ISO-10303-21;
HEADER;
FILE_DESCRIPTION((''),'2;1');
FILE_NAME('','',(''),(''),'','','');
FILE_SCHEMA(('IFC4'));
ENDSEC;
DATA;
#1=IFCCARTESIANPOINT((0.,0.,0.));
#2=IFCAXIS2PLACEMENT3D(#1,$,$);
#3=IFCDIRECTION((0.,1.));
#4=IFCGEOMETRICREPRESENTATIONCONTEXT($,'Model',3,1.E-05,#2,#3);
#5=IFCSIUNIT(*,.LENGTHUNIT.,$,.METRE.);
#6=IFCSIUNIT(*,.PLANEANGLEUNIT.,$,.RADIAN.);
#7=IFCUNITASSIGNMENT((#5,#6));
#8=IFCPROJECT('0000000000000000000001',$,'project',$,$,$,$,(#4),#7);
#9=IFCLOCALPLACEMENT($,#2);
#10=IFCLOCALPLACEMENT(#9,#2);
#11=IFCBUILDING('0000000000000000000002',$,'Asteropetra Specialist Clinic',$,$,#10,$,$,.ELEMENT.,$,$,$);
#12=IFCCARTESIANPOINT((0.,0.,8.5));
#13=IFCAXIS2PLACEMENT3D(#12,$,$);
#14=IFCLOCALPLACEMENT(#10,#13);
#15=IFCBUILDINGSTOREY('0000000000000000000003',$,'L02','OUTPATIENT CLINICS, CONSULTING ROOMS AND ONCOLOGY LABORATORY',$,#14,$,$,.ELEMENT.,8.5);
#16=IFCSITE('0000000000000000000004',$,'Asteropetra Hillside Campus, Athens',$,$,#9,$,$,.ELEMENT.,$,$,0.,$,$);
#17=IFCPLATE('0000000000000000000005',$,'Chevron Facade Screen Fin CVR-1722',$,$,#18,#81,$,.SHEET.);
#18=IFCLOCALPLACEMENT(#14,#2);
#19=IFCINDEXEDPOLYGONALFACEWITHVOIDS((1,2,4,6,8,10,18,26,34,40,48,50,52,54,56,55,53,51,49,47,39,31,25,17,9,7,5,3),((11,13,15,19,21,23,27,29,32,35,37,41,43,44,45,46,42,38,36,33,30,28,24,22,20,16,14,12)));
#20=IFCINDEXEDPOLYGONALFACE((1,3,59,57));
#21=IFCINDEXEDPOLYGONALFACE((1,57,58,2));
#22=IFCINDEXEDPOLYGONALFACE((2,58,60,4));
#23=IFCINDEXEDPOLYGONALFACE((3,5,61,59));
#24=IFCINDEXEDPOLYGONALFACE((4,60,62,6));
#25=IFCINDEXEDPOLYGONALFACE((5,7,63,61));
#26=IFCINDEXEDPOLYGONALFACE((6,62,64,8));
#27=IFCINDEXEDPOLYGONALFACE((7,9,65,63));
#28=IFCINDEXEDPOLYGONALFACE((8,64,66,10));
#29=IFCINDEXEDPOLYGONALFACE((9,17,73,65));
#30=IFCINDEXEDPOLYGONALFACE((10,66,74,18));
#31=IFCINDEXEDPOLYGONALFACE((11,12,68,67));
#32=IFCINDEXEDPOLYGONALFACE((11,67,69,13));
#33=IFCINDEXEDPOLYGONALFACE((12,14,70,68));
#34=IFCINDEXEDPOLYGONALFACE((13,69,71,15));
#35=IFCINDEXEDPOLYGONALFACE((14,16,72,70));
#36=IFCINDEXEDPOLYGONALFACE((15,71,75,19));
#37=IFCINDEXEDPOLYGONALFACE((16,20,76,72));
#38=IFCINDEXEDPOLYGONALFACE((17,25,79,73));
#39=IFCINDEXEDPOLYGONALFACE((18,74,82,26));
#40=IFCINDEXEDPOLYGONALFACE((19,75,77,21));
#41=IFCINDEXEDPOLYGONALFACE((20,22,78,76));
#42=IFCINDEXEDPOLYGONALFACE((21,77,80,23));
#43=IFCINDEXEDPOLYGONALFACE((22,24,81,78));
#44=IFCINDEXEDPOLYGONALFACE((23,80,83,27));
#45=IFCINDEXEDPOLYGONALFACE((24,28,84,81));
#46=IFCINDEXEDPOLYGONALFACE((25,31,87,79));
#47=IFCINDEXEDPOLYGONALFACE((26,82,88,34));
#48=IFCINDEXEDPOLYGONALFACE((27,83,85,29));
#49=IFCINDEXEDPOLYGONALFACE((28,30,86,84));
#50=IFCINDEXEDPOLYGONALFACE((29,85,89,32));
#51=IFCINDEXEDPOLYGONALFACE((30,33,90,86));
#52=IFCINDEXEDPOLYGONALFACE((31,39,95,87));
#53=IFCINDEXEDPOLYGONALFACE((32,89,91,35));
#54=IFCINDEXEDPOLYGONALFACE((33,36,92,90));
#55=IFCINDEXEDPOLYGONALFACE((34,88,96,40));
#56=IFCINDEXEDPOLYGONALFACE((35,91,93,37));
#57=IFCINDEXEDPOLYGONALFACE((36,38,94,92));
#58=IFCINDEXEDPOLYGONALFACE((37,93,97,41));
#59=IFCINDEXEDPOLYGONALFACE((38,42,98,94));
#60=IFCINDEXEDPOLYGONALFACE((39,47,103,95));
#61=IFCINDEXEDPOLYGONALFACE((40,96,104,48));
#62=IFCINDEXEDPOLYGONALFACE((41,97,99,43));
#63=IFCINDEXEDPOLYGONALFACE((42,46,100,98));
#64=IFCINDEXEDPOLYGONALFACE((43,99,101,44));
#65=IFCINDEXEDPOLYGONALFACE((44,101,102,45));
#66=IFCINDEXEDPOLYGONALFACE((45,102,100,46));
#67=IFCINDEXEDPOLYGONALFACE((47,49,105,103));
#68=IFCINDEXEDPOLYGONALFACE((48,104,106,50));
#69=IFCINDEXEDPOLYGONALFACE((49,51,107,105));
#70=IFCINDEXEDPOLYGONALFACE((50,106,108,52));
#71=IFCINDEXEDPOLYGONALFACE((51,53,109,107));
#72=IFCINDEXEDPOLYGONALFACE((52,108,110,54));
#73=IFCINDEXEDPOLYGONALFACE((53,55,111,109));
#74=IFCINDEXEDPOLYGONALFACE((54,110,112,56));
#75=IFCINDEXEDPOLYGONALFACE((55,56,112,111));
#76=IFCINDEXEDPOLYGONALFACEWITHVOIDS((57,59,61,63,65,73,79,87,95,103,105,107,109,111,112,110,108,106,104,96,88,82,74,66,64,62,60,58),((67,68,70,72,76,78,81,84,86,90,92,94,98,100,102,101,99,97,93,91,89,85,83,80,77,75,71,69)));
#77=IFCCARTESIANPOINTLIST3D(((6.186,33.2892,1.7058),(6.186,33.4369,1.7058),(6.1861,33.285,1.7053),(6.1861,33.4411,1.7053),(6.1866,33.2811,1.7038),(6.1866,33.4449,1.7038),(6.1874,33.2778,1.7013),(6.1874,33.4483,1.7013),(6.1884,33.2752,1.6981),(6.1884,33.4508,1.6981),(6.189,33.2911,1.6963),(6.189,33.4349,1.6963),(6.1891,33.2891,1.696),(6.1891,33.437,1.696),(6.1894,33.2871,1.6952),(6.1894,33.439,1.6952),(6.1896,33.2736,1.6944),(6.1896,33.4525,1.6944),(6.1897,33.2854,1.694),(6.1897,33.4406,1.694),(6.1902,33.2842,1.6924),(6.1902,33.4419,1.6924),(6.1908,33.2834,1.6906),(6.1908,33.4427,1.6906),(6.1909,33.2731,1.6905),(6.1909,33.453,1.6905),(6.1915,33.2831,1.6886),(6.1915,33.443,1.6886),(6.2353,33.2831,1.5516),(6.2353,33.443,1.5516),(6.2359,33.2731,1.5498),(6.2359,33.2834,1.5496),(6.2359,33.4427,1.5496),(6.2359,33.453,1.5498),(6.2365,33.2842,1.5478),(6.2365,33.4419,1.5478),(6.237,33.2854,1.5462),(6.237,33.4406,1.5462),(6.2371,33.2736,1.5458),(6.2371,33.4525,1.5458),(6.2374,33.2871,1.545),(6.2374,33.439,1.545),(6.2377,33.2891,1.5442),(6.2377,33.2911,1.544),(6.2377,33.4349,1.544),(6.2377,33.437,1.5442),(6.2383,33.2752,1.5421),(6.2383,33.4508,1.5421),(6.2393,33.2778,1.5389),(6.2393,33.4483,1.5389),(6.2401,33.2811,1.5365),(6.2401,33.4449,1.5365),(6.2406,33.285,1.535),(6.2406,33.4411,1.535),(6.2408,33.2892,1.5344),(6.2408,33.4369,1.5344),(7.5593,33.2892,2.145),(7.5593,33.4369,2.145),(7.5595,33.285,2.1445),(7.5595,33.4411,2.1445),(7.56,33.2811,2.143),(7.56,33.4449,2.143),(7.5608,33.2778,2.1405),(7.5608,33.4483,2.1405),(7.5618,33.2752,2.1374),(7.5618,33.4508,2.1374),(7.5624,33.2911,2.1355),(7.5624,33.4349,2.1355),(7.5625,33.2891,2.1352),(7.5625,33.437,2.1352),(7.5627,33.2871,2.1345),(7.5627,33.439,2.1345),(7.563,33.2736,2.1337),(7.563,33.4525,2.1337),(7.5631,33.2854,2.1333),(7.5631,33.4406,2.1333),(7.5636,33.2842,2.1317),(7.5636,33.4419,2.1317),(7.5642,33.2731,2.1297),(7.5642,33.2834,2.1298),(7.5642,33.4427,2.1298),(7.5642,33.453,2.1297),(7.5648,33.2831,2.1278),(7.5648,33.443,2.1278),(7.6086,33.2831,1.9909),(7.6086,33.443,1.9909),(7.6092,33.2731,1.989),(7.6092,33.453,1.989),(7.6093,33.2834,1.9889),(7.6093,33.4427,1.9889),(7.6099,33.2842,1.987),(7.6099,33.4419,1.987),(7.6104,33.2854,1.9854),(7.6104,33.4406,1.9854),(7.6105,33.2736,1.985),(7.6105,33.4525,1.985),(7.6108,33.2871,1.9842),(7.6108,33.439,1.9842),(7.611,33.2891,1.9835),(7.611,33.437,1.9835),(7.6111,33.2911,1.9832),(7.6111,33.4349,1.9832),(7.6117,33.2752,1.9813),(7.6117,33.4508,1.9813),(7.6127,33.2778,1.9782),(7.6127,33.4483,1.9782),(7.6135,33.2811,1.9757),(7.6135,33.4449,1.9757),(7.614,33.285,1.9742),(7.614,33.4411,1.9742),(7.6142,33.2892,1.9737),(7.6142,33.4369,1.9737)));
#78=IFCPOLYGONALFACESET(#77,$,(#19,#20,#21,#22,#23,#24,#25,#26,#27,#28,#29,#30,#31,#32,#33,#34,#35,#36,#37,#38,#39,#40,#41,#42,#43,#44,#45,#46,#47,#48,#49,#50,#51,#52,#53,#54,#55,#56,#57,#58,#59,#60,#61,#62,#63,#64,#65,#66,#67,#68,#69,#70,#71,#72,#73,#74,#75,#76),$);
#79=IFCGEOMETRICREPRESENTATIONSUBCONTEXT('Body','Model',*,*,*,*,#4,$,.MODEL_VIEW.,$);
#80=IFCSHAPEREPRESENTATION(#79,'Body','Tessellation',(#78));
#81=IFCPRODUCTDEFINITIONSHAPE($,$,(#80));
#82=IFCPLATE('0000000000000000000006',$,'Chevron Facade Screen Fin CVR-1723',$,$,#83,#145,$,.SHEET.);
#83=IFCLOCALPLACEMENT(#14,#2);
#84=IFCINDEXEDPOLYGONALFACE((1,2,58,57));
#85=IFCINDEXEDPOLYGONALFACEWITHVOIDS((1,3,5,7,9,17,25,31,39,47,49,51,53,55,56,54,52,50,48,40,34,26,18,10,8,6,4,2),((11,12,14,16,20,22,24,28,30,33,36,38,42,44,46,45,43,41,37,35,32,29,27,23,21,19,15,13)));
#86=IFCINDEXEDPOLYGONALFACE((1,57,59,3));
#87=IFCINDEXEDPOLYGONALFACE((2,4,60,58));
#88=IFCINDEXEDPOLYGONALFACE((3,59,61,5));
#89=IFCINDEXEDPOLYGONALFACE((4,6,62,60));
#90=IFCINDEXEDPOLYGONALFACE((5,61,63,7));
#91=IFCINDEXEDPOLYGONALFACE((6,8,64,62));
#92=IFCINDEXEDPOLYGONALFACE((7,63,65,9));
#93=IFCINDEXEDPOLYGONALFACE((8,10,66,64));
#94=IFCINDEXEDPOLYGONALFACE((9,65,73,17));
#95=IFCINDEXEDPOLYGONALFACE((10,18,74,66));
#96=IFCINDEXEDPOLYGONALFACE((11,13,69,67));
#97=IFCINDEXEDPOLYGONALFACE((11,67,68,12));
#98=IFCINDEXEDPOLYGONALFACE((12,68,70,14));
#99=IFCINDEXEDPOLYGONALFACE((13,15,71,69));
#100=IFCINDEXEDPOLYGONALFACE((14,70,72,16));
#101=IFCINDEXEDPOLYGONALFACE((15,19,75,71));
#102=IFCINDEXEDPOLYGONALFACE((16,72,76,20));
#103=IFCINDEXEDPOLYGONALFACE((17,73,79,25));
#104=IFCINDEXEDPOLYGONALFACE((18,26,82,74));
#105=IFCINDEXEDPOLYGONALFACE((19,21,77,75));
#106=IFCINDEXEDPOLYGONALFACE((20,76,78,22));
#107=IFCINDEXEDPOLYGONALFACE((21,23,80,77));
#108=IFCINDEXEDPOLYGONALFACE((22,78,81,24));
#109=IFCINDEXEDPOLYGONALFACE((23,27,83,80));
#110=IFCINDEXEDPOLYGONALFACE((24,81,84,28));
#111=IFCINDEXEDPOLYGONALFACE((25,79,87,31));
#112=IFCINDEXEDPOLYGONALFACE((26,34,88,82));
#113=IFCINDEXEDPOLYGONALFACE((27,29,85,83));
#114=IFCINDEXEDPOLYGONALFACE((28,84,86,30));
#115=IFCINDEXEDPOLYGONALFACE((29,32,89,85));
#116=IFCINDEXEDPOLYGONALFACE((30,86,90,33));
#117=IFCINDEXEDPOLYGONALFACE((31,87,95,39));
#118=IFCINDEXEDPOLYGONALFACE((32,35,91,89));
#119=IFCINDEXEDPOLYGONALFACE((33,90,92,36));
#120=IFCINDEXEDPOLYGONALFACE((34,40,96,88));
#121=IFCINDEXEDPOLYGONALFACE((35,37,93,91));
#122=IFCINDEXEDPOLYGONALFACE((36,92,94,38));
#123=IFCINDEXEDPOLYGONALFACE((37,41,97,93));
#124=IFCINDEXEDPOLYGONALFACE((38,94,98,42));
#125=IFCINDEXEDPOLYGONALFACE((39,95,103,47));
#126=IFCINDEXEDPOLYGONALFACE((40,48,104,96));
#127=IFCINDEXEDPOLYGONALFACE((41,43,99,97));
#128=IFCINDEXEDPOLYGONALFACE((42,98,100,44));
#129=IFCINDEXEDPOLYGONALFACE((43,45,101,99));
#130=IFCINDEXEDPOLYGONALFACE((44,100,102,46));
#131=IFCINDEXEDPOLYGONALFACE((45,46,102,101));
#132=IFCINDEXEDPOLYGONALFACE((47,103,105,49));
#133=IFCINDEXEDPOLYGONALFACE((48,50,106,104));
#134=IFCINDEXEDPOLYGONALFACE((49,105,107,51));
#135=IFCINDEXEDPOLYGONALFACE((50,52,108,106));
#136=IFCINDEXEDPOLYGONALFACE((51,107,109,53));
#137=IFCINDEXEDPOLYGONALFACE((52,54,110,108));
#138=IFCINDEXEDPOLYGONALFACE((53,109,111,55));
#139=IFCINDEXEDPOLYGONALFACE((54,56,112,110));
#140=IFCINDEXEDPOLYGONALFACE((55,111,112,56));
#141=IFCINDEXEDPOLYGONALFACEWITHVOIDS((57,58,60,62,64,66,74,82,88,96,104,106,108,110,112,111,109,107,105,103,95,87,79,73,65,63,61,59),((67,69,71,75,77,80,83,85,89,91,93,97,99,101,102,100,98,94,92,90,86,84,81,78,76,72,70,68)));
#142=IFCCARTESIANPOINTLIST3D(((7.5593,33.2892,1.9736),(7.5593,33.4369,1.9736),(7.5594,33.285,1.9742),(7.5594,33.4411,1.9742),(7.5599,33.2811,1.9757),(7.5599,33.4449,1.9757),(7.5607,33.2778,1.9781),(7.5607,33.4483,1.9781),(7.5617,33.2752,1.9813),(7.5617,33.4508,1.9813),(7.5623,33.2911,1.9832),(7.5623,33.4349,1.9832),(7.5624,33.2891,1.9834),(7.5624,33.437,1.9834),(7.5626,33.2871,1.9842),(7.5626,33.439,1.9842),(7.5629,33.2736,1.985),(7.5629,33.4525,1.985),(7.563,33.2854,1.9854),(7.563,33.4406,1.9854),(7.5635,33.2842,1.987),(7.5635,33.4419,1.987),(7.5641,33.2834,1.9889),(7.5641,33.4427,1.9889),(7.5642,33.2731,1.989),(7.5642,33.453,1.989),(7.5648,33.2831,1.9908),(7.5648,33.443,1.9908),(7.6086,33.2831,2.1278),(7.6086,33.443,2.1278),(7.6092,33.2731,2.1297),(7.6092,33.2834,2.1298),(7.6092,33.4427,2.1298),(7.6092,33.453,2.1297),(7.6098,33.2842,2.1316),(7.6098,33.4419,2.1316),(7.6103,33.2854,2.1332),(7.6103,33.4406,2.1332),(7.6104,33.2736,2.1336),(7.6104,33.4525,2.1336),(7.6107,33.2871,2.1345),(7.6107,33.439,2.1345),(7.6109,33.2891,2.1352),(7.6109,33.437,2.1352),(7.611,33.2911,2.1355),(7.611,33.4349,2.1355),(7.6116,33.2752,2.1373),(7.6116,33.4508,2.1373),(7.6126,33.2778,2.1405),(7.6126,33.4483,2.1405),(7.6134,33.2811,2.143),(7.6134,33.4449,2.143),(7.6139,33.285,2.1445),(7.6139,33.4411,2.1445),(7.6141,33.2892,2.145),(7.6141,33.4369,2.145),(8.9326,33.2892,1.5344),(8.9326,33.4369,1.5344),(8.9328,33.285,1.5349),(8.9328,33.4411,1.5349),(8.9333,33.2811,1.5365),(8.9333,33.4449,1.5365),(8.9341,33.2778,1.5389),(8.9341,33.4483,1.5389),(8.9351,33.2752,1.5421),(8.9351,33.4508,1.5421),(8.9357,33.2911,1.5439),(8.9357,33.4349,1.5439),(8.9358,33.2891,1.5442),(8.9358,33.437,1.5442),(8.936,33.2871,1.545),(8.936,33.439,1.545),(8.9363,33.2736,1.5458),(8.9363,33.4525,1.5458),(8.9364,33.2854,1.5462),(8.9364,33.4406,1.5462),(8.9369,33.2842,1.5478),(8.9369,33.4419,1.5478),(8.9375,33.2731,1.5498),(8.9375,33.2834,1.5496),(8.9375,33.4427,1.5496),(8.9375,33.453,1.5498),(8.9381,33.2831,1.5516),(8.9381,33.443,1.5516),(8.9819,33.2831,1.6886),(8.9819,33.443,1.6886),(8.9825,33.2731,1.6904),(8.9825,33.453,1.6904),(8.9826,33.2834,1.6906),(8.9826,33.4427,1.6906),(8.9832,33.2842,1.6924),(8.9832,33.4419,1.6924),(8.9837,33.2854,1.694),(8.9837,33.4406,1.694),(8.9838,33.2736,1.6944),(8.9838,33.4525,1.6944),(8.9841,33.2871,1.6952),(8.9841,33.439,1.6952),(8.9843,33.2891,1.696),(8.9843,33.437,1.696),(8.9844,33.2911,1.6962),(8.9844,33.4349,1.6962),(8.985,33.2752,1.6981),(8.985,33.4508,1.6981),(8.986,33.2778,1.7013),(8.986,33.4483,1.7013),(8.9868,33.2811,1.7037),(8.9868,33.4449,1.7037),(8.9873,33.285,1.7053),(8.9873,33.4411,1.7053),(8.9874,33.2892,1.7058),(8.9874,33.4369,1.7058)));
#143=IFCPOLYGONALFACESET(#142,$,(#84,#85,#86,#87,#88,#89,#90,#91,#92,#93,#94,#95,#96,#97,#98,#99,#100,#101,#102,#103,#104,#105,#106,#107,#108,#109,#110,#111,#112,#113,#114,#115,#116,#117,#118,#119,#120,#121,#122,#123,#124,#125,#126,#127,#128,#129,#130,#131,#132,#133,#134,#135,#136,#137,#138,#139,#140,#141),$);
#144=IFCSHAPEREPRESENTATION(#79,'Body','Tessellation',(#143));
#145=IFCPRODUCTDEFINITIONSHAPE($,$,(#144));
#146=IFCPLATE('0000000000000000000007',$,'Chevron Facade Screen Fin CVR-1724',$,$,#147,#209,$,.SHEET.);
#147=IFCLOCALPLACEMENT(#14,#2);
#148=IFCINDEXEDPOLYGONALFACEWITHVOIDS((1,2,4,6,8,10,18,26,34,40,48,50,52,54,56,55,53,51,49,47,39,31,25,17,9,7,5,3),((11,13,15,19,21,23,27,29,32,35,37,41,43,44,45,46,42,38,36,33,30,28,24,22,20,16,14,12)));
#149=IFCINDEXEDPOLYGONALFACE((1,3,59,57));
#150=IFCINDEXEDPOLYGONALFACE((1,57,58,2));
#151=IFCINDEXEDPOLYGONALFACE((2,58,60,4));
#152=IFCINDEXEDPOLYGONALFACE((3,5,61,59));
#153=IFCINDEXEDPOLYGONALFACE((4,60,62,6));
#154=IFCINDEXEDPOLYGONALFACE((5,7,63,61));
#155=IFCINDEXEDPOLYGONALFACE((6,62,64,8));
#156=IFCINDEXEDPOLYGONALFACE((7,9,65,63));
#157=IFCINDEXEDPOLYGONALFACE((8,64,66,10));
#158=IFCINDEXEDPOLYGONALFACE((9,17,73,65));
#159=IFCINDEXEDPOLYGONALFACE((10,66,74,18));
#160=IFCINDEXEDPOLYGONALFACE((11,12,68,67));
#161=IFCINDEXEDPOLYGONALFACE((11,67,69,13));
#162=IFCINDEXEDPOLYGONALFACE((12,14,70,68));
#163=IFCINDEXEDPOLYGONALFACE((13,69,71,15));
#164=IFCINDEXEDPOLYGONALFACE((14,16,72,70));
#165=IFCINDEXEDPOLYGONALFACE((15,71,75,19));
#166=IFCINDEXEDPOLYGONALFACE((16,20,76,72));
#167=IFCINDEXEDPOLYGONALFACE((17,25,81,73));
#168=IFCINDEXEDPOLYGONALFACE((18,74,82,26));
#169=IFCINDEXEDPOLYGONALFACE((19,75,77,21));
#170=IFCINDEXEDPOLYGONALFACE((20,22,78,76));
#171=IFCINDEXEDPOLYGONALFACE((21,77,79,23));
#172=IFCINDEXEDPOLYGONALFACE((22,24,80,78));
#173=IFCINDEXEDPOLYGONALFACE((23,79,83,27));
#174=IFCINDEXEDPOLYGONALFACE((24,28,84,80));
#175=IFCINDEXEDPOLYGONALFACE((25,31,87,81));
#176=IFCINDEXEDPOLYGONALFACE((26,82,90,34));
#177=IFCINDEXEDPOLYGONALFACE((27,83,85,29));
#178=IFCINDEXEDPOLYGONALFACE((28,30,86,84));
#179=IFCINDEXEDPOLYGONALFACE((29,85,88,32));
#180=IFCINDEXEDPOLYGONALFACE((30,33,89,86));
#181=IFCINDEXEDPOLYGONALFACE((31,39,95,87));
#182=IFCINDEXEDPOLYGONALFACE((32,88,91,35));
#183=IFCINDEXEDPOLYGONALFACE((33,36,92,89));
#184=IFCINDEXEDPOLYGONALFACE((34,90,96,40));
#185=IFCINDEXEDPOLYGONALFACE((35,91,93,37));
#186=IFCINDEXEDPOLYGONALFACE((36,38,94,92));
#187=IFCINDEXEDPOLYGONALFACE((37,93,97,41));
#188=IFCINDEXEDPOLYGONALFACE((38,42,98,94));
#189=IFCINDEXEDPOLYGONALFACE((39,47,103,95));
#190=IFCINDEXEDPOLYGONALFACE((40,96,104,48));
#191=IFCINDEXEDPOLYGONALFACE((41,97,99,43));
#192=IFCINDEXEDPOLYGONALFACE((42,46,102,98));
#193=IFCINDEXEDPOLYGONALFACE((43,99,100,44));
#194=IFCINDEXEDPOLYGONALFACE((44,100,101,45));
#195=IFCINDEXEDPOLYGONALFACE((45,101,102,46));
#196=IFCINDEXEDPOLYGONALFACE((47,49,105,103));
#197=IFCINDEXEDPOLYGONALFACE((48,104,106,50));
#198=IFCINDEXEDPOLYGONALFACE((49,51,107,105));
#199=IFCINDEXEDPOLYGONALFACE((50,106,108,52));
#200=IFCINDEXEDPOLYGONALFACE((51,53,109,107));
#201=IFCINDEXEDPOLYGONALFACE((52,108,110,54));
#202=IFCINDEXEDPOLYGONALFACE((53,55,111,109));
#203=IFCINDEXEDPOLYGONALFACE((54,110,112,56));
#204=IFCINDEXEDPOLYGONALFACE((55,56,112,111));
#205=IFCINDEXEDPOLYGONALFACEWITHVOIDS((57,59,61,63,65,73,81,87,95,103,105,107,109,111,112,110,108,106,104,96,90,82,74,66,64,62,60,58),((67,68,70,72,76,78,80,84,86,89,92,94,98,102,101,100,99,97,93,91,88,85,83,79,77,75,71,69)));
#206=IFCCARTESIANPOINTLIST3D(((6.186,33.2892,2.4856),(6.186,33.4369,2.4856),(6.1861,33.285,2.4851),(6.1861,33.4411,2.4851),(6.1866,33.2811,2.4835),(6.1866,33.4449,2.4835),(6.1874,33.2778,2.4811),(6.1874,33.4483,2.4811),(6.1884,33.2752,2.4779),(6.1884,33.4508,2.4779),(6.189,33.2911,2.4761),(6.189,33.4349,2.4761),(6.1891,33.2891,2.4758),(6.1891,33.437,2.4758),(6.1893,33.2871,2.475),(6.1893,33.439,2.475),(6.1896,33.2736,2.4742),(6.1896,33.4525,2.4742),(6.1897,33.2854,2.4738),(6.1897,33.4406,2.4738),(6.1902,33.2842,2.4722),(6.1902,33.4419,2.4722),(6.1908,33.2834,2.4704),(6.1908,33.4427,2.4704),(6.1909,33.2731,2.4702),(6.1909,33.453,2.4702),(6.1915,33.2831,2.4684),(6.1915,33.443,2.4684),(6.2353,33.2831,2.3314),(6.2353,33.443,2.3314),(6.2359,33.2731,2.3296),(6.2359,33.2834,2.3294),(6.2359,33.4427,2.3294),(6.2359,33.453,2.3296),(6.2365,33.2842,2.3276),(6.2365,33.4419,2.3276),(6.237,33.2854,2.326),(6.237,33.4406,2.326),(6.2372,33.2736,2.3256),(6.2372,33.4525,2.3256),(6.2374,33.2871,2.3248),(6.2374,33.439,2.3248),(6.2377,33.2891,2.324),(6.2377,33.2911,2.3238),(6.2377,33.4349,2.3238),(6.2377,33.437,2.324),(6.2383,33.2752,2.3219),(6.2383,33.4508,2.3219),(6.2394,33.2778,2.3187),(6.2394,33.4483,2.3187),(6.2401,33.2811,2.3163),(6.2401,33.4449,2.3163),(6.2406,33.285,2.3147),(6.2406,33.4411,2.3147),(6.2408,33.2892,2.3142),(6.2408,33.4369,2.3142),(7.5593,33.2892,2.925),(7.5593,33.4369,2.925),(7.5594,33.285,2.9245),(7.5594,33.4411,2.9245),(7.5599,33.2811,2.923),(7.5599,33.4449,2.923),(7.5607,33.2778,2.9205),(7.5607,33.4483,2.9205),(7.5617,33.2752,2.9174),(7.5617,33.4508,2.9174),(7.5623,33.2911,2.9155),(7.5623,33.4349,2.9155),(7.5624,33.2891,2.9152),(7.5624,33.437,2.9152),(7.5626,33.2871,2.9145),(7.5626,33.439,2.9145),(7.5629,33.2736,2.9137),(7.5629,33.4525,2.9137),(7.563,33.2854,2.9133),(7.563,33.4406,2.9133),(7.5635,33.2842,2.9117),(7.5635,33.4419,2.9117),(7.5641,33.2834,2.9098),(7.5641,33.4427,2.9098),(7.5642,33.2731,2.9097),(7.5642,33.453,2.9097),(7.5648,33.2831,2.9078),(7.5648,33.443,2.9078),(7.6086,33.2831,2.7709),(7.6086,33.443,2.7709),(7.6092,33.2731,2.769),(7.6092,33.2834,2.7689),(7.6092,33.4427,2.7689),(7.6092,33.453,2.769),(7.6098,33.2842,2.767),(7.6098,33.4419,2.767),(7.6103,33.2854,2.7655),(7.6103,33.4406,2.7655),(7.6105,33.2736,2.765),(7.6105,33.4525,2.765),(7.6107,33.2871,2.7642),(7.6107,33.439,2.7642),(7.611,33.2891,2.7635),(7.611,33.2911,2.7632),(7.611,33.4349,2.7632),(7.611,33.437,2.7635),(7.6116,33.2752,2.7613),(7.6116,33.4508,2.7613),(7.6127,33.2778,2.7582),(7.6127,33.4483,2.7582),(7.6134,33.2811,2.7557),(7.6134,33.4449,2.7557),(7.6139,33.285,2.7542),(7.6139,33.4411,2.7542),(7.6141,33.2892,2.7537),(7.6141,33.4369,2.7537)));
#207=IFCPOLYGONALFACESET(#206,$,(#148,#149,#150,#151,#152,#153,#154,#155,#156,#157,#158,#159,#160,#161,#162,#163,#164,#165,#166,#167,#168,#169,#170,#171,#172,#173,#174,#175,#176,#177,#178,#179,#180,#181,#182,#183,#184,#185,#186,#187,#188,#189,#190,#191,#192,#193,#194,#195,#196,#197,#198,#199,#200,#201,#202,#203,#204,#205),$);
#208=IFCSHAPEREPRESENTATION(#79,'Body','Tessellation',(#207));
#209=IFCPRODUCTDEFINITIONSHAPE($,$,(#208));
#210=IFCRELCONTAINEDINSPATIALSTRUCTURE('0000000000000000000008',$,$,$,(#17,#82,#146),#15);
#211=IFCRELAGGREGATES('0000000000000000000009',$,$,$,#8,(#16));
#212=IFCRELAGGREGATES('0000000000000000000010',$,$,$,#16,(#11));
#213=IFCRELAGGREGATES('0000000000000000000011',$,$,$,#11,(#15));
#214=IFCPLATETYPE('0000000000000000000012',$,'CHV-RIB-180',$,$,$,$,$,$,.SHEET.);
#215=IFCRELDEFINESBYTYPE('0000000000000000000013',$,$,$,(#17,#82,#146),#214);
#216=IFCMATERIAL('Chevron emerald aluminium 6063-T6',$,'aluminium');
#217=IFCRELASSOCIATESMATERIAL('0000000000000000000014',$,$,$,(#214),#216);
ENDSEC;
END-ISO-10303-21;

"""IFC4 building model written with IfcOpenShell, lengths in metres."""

from ifc_helpers import new_model, si_unit, direction, frame, origin, origin_2d, place, context, subcontext, project, spatial, hollow_rectangle, extrude, material, material_profile, profile_set, type_object, element, save


model = new_model("IFC4")

# Units and contexts
model_context = context("Model", 3, precision=1e-05, world=origin(), true_north=direction((0.0, 1.0)))
body_context = subcontext(model_context, "Body", "Model", "MODEL_VIEW")
ifc_project = project(units=[si_unit("LENGTHUNIT", "METRE"), si_unit("PLANEANGLEUNIT", "RADIAN")], contexts=[model_context])

# Site, building, storey
site_placement = place(None, origin())
site = spatial("IfcSite", under=ifc_project, at=site_placement, Name="Asteropetra Hillside Campus, Athens", CompositionType="ELEMENT", RefElevation=0.0)
building_placement = place(site_placement, origin())
building = spatial("IfcBuilding", under=site, at=building_placement, Name="Asteropetra Specialist Clinic", CompositionType="ELEMENT")
storey_placement = place(building_placement, frame((0.0, 0.0, 8.5)))
storey = spatial("IfcBuildingStorey", under=building, at=storey_placement, Name="L02", Description="OUTPATIENT CLINICS, CONSULTING ROOMS AND ONCOLOGY LABORATORY", CompositionType="ELEMENT", Elevation=8.5)

# Plates
ifc_material_1 = material(Name="Chevron emerald aluminium 6063-T6", Category="aluminium")
ifc_material_profile_1 = material_profile(ifc_material_1, hollow_rectangle(XDim=0.1799, YDim=0.1799, WallThickness=0.01, InnerFilletRadius=0.0081, OuterFilletRadius=0.0161, at=origin_2d()), Name="SHS 180x180x10.0")
ifc_profile_set_1 = profile_set([ifc_material_profile_1], Name="Chevron emerald aluminium 6063-T6")
plate_type_1 = type_object("IfcPlateType", Name="CHV-RIB-180", PredefinedType="SHEET", material=ifc_profile_set_1)
for number, where, z_axis, x_axis, name in (
    (1, (6.2134, 33.363, 1.6201), (0.952473, 0.0, 0.304622), (0.0, 1.0, 0.0), "Chevron Facade Screen Fin CVR-1722"),
    (2, (7.5867, 33.363, 2.0593), (0.952473, 0.0, -0.304622), (0.0, 1.0, 0.0), "Chevron Facade Screen Fin CVR-1723"),
    (3, (6.2134, 33.363, 2.3999), (0.952424, 0.0, 0.304776), (0.0, 1.0, 0.0), "Chevron Facade Screen Fin CVR-1724"),
):
    element("IfcPlate", number, at=place(storey_placement, frame(where, z_axis=z_axis, x_axis=x_axis)), inside=storey, type_object=plate_type_1, Name=name, PredefinedType="SHEET", context=body_context, shape_type="SweptSolid", body=[
        extrude(hollow_rectangle(XDim=0.1799, YDim=0.1799, WallThickness=0.01, InnerFilletRadius=0.0081, OuterFilletRadius=0.0161, at=origin_2d()), origin(), (0.0, 0.0, 1.0), 1.4419),
    ])

save(model, "model.ifc")
